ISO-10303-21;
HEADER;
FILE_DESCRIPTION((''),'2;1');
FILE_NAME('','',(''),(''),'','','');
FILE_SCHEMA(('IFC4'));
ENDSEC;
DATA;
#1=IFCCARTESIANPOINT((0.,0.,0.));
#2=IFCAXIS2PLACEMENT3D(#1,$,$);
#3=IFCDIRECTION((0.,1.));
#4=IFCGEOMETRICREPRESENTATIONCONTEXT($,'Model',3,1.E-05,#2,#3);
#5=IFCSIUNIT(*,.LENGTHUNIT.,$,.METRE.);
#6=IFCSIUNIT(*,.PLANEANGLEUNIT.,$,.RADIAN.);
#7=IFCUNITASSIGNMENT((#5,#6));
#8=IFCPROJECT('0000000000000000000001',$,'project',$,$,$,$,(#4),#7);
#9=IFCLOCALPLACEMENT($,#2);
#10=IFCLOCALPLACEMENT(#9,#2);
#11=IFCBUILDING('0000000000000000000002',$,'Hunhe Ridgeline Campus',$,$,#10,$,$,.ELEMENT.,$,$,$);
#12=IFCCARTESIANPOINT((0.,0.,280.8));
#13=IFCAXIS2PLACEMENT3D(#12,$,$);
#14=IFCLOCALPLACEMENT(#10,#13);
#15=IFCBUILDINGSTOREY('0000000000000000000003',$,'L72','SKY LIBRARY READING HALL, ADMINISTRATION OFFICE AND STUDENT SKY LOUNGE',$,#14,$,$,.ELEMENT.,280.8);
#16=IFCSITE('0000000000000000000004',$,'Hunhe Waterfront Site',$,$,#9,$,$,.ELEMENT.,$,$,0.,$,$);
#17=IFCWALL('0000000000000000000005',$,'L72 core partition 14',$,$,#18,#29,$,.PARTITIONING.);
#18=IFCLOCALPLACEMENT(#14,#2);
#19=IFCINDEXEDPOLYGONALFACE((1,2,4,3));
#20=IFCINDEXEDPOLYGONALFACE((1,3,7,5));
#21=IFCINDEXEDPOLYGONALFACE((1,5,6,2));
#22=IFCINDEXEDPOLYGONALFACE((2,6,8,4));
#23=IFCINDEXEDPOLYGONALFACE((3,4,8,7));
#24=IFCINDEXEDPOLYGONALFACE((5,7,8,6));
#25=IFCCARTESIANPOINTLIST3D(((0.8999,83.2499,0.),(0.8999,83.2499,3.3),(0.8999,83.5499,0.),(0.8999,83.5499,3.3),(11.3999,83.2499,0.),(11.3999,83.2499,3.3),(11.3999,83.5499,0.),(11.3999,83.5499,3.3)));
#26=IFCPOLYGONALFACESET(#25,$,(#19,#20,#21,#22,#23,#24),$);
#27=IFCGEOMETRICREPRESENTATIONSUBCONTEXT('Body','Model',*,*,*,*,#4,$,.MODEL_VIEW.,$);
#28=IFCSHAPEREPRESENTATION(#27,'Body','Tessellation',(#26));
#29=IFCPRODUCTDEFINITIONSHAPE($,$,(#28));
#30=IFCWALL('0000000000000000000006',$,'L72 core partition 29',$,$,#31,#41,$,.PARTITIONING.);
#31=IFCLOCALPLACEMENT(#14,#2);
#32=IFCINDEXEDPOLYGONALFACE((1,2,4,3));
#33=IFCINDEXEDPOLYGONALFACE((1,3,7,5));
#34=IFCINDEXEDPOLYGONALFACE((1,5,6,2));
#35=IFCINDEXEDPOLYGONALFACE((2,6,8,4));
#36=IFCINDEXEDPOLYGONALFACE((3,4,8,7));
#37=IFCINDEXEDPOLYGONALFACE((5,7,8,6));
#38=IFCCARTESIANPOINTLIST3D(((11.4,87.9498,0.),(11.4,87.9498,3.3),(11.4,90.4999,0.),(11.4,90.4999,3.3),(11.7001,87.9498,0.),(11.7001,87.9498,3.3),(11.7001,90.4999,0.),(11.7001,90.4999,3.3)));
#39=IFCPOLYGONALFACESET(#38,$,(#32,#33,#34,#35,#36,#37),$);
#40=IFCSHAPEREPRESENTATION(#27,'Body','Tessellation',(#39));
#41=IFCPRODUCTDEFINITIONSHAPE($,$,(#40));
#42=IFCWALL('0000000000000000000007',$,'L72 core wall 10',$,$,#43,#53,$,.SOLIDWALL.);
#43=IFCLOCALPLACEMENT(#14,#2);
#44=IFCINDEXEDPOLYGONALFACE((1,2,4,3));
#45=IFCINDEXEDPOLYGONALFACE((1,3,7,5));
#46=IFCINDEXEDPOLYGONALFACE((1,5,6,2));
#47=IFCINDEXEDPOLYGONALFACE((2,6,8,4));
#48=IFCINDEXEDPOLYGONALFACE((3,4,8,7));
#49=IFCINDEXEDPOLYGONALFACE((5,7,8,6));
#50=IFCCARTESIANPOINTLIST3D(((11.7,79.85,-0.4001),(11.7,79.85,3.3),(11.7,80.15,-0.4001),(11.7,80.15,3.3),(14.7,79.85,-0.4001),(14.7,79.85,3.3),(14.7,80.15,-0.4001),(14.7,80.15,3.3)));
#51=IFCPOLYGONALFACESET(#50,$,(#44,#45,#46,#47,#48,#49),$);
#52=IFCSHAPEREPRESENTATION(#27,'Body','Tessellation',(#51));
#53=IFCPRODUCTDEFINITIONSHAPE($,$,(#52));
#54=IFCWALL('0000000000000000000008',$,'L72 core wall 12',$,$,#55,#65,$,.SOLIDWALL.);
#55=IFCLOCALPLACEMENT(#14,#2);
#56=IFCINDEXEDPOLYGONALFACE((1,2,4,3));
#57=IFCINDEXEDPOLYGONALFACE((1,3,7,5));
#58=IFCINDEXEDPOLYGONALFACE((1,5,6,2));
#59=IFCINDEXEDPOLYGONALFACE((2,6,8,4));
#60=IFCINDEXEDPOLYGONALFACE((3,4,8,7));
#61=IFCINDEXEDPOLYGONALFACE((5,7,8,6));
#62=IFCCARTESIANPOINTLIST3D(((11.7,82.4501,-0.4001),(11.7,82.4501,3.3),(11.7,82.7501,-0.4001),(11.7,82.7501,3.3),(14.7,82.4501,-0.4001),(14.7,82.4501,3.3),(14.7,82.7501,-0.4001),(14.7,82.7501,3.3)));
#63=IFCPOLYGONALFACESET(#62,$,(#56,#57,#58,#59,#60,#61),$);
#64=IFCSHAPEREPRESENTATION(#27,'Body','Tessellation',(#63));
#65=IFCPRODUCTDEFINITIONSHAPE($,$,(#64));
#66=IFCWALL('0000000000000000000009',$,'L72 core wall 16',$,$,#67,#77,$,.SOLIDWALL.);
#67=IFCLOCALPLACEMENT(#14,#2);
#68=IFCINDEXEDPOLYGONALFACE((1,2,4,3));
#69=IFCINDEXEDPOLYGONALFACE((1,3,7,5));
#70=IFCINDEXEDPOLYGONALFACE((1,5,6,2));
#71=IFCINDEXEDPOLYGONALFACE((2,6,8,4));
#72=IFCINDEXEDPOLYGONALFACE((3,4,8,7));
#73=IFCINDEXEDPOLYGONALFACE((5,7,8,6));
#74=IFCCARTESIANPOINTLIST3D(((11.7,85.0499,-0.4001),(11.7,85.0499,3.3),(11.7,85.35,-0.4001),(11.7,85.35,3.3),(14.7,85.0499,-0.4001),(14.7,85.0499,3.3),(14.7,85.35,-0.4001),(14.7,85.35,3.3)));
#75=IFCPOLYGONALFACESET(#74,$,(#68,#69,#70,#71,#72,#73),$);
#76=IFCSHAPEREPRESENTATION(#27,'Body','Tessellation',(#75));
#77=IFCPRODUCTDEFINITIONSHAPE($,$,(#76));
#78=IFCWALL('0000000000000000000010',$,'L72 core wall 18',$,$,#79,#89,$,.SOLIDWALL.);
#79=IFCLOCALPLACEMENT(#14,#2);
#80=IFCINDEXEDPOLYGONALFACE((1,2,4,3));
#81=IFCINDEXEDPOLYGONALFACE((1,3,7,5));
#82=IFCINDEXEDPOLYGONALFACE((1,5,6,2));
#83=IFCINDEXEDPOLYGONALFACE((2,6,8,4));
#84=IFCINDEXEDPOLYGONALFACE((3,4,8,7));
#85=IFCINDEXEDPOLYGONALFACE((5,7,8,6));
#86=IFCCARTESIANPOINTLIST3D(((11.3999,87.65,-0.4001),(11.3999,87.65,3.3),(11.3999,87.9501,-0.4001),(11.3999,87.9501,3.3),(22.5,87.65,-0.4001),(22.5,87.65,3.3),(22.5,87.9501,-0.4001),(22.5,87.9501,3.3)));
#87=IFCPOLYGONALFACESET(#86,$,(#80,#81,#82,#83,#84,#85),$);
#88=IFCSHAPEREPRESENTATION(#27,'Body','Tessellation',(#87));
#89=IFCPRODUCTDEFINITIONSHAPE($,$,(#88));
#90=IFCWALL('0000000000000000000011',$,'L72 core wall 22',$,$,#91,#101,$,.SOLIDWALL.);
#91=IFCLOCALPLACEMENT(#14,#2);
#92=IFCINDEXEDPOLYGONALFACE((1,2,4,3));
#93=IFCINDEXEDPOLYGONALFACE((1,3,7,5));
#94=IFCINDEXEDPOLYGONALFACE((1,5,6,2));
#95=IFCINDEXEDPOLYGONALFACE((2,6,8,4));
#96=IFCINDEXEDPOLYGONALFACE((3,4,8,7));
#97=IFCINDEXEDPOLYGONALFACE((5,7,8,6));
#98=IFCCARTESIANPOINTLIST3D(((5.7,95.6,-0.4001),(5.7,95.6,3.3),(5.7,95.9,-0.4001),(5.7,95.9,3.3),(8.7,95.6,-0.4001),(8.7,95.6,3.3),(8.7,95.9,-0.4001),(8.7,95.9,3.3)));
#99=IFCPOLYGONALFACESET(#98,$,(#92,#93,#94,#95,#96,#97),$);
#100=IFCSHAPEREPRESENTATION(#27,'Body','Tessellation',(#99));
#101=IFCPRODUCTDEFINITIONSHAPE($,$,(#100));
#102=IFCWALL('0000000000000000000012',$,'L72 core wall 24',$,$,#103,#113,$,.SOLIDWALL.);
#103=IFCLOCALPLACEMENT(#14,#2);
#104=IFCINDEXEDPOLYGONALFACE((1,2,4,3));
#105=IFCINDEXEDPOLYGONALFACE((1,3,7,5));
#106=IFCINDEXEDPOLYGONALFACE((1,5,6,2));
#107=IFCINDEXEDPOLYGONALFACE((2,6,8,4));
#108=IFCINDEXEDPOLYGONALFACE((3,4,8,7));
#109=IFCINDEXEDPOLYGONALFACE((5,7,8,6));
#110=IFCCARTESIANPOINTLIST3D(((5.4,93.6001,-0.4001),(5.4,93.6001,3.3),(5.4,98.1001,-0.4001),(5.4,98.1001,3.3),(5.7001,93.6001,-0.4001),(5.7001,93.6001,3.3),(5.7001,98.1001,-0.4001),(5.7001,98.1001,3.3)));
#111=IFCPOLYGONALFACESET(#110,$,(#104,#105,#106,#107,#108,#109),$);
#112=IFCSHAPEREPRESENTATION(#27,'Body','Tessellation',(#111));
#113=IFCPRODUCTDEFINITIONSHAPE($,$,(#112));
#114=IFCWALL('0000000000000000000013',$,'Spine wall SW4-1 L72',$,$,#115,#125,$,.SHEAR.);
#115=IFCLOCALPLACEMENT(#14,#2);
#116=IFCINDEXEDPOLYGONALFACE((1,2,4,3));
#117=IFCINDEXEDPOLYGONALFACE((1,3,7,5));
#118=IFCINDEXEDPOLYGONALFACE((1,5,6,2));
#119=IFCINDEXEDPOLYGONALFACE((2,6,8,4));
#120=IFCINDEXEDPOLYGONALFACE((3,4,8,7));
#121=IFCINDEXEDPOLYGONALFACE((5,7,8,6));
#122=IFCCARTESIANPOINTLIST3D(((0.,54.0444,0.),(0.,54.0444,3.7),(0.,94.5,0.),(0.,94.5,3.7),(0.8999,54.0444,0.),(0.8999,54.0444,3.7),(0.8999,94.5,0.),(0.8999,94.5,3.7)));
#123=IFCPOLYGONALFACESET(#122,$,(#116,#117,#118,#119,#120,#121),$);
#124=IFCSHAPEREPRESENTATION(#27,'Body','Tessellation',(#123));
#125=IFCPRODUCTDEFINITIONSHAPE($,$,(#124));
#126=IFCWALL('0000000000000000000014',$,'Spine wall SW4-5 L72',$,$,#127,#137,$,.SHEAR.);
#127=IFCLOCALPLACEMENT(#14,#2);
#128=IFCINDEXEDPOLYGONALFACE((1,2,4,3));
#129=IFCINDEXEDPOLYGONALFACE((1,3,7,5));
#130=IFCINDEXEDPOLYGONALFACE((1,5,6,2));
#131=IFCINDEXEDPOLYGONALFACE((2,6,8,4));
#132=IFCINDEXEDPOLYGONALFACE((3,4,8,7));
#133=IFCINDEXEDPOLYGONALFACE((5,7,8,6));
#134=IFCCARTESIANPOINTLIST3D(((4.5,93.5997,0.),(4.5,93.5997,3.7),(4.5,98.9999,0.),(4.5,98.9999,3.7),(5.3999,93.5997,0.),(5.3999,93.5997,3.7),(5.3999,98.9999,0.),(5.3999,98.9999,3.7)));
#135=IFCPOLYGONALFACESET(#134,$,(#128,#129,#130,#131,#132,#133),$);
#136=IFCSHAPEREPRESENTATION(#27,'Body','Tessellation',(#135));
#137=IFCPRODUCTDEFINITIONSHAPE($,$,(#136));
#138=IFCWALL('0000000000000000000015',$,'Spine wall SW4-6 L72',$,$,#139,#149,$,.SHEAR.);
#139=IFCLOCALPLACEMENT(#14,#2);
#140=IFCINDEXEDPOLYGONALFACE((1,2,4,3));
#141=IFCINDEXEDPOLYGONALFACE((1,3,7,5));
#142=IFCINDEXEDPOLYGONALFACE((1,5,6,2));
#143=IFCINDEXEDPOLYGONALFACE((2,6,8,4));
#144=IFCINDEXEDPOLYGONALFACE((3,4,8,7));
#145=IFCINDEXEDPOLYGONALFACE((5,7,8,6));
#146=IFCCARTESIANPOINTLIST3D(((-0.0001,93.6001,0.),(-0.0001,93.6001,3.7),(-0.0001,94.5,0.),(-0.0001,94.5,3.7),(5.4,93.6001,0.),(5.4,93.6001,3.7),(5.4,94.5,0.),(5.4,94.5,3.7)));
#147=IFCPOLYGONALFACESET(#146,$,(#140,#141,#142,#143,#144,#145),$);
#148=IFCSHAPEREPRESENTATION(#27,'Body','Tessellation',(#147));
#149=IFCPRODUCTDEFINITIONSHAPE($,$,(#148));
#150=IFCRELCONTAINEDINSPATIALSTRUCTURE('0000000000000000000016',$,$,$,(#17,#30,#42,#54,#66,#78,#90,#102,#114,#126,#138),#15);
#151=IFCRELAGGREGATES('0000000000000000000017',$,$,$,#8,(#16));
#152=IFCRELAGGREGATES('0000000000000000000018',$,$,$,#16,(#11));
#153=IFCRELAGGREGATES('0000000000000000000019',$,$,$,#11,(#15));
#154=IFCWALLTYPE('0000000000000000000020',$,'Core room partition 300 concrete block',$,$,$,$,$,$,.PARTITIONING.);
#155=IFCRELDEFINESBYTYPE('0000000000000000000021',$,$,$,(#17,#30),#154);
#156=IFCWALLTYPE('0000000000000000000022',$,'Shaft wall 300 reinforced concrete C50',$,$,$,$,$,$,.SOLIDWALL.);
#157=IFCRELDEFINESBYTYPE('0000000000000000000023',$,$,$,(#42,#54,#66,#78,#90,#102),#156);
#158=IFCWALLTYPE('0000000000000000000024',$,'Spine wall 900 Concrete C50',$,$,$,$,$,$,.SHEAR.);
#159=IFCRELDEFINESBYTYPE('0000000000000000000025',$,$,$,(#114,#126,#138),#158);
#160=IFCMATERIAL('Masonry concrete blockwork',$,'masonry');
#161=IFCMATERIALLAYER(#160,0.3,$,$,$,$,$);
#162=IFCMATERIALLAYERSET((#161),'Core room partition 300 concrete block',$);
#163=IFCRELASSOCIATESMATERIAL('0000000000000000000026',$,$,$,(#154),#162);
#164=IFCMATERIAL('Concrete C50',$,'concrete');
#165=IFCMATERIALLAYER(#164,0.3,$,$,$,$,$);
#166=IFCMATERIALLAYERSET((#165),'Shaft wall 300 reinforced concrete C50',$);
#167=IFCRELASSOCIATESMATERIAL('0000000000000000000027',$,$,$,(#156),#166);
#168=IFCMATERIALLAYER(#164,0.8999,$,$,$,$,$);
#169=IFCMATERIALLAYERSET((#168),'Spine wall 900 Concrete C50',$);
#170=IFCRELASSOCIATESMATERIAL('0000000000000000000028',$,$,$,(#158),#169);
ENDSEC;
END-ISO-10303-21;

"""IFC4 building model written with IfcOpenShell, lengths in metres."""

from ifc_helpers import new_model, si_unit, direction, frame, frame_2d, origin, place, context, subcontext, project, spatial, rectangle, extrude, material, layer, layer_set, type_object, element, save


model = new_model("IFC4")

# Units and contexts
model_context = context("Model", 3, precision=1e-05, world=origin(), true_north=direction((0.0, 1.0)))
body_context = subcontext(model_context, "Body", "Model", "MODEL_VIEW")
ifc_project = project(units=[si_unit("LENGTHUNIT", "METRE"), si_unit("PLANEANGLEUNIT", "RADIAN")], contexts=[model_context])

# Site, building, storey
site_placement = place(None, origin())
site = spatial("IfcSite", under=ifc_project, at=site_placement, Name="Hunhe Waterfront Site", CompositionType="ELEMENT", RefElevation=0.0)
building_placement = place(site_placement, origin())
building = spatial("IfcBuilding", under=site, at=building_placement, Name="Hunhe Ridgeline Campus", CompositionType="ELEMENT")
storey_placement = place(building_placement, frame((0.0, 0.0, 280.8)))
storey = spatial("IfcBuildingStorey", under=building, at=storey_placement, Name="L72", Description="SKY LIBRARY READING HALL, ADMINISTRATION OFFICE AND STUDENT SKY LOUNGE", CompositionType="ELEMENT", Elevation=280.8)

# Walls
ifc_material_1 = material(Name="Masonry concrete blockwork", Category="masonry")
ifc_layer_1 = layer(ifc_material_1, 0.3)
ifc_layer_set_1 = layer_set([ifc_layer_1], Name="Core room partition 300 concrete block")
wall_type_1 = type_object("IfcWallType", Name="Core room partition 300 concrete block", PredefinedType="PARTITIONING", material=ifc_layer_set_1)
wall_1_placement = place(storey_placement, frame((0.8999, 83.3999, 0.0), z_axis=(0.0, 0.0, 1.0), x_axis=(1.0, 0.0, 0.0)))
element("IfcWall", 1, at=wall_1_placement, inside=storey, type_object=wall_type_1, Name="L72 core partition 14", PredefinedType="PARTITIONING", context=body_context, shape_type="SweptSolid", body=[
    extrude(rectangle(XDim=10.5, YDim=0.3, at=frame_2d((5.25, 0.0))), origin(), (0.0, 0.0, 1.0), 3.3),
])
wall_2_placement = place(storey_placement, frame((11.55, 87.95, 0.0), z_axis=(0.0, 0.0, 1.0), x_axis=(0.0, 1.0, 0.0)))
element("IfcWall", 2, at=wall_2_placement, inside=storey, type_object=wall_type_1, Name="L72 core partition 29", PredefinedType="PARTITIONING", context=body_context, shape_type="SweptSolid", body=[
    extrude(rectangle(XDim=2.55, YDim=0.3, at=frame_2d((1.2749, 0.0))), origin(), (0.0, 0.0, 1.0), 3.3),
])

# Shared definitions
ifc_material_2 = material(Name="Concrete C50", Category="concrete")

# Walls
ifc_layer_2 = layer(ifc_material_2, 0.3)
ifc_layer_set_2 = layer_set([ifc_layer_2], Name="Shaft wall 300 reinforced concrete C50")
wall_type_2 = type_object("IfcWallType", Name="Shaft wall 300 reinforced concrete C50", PredefinedType="SOLIDWALL", material=ifc_layer_set_2)
for number, where, z_axis, x_axis, name in (
    (3, (11.7, 80.0, -0.4001), (0.0, 0.0, 1.0), (1.0, 0.0, 0.0), "L72 core wall 10"),
    (4, (11.7, 82.6001, -0.4001), (0.0, 0.0, 1.0), (1.0, 0.0, 0.0), "L72 core wall 12"),
    (5, (11.7, 85.2, -0.4001), (0.0, 0.0, 1.0), (1.0, 0.0, 0.0), "L72 core wall 16"),
):
    element("IfcWall", number, at=place(storey_placement, frame(where, z_axis=z_axis, x_axis=x_axis)), inside=storey, type_object=wall_type_2, Name=name, PredefinedType="SOLIDWALL", context=body_context, shape_type="SweptSolid", body=[
        extrude(rectangle(XDim=3.0, YDim=0.3, at=frame_2d((1.5, 0.0))), origin(), (0.0, 0.0, 1.0), 3.7002),
    ])
wall_3_placement = place(storey_placement, frame((11.3999, 87.8, -0.4001), z_axis=(0.0, 0.0, 1.0), x_axis=(1.0, 0.0, 0.0)))
element("IfcWall", 6, at=wall_3_placement, inside=storey, type_object=wall_type_2, Name="L72 core wall 18", PredefinedType="SOLIDWALL", context=body_context, shape_type="SweptSolid", body=[
    extrude(rectangle(XDim=11.1001, YDim=0.3, at=frame_2d((5.55, 0.0))), origin(), (0.0, 0.0, 1.0), 3.7002),
])

# Walls
wall_4_placement = place(storey_placement, frame((5.7, 95.75, -0.4001), z_axis=(0.0, 0.0, 1.0), x_axis=(1.0, 0.0, 0.0)))
element("IfcWall", 7, at=wall_4_placement, inside=storey, type_object=wall_type_2, Name="L72 core wall 22", PredefinedType="SOLIDWALL", context=body_context, shape_type="SweptSolid", body=[
    extrude(rectangle(XDim=3.0, YDim=0.3, at=frame_2d((1.5, 0.0))), origin(), (0.0, 0.0, 1.0), 3.7002),
])
wall_5_placement = place(storey_placement, frame((5.55, 93.6001, -0.4001), z_axis=(0.0, 0.0, 1.0), x_axis=(0.0, 1.0, 0.0)))
element("IfcWall", 8, at=wall_5_placement, inside=storey, type_object=wall_type_2, Name="L72 core wall 24", PredefinedType="SOLIDWALL", context=body_context, shape_type="SweptSolid", body=[
    extrude(rectangle(XDim=4.5, YDim=0.3, at=frame_2d((2.25, 0.0))), origin(), (0.0, 0.0, 1.0), 3.7002),
])

# Walls
ifc_layer_3 = layer(ifc_material_2, 0.8999)
ifc_layer_set_3 = layer_set([ifc_layer_3], Name="Spine wall 900 Concrete C50")
wall_type_3 = type_object("IfcWallType", Name="Spine wall 900 Concrete C50", PredefinedType="SHEAR", material=ifc_layer_set_3)
wall_6_placement = place(storey_placement, frame((0.45, 94.5, 0.0), z_axis=(0.0, 0.0, 1.0), x_axis=(0.0, -1.0, 0.0)))
element("IfcWall", 9, at=wall_6_placement, inside=storey, type_object=wall_type_3, Name="Spine wall SW4-1 L72", PredefinedType="SHEAR", context=body_context, shape_type="SweptSolid", body=[
    extrude(rectangle(XDim=40.4556, YDim=0.8999, at=frame_2d((20.2278, 0.0))), origin(), (0.0, 0.0, 1.0), 3.7),
])
for number, where, z_axis, x_axis, name in (
    (10, (4.95, 99.0, 0.0), (0.0, 0.0, 1.0), (0.0, -1.0, 0.0), "Spine wall SW4-5 L72"),
    (11, (5.4001, 94.05, 0.0), (0.0, 0.0, 1.0), (-1.0, 0.0, 0.0), "Spine wall SW4-6 L72"),
):
    element("IfcWall", number, at=place(storey_placement, frame(where, z_axis=z_axis, x_axis=x_axis)), inside=storey, type_object=wall_type_3, Name=name, PredefinedType="SHEAR", context=body_context, shape_type="SweptSolid", body=[
        extrude(rectangle(XDim=5.4001, YDim=0.8999, at=frame_2d((2.7002, 0.0))), origin(), (0.0, 0.0, 1.0), 3.7),
    ])

save(model, "model.ifc")
